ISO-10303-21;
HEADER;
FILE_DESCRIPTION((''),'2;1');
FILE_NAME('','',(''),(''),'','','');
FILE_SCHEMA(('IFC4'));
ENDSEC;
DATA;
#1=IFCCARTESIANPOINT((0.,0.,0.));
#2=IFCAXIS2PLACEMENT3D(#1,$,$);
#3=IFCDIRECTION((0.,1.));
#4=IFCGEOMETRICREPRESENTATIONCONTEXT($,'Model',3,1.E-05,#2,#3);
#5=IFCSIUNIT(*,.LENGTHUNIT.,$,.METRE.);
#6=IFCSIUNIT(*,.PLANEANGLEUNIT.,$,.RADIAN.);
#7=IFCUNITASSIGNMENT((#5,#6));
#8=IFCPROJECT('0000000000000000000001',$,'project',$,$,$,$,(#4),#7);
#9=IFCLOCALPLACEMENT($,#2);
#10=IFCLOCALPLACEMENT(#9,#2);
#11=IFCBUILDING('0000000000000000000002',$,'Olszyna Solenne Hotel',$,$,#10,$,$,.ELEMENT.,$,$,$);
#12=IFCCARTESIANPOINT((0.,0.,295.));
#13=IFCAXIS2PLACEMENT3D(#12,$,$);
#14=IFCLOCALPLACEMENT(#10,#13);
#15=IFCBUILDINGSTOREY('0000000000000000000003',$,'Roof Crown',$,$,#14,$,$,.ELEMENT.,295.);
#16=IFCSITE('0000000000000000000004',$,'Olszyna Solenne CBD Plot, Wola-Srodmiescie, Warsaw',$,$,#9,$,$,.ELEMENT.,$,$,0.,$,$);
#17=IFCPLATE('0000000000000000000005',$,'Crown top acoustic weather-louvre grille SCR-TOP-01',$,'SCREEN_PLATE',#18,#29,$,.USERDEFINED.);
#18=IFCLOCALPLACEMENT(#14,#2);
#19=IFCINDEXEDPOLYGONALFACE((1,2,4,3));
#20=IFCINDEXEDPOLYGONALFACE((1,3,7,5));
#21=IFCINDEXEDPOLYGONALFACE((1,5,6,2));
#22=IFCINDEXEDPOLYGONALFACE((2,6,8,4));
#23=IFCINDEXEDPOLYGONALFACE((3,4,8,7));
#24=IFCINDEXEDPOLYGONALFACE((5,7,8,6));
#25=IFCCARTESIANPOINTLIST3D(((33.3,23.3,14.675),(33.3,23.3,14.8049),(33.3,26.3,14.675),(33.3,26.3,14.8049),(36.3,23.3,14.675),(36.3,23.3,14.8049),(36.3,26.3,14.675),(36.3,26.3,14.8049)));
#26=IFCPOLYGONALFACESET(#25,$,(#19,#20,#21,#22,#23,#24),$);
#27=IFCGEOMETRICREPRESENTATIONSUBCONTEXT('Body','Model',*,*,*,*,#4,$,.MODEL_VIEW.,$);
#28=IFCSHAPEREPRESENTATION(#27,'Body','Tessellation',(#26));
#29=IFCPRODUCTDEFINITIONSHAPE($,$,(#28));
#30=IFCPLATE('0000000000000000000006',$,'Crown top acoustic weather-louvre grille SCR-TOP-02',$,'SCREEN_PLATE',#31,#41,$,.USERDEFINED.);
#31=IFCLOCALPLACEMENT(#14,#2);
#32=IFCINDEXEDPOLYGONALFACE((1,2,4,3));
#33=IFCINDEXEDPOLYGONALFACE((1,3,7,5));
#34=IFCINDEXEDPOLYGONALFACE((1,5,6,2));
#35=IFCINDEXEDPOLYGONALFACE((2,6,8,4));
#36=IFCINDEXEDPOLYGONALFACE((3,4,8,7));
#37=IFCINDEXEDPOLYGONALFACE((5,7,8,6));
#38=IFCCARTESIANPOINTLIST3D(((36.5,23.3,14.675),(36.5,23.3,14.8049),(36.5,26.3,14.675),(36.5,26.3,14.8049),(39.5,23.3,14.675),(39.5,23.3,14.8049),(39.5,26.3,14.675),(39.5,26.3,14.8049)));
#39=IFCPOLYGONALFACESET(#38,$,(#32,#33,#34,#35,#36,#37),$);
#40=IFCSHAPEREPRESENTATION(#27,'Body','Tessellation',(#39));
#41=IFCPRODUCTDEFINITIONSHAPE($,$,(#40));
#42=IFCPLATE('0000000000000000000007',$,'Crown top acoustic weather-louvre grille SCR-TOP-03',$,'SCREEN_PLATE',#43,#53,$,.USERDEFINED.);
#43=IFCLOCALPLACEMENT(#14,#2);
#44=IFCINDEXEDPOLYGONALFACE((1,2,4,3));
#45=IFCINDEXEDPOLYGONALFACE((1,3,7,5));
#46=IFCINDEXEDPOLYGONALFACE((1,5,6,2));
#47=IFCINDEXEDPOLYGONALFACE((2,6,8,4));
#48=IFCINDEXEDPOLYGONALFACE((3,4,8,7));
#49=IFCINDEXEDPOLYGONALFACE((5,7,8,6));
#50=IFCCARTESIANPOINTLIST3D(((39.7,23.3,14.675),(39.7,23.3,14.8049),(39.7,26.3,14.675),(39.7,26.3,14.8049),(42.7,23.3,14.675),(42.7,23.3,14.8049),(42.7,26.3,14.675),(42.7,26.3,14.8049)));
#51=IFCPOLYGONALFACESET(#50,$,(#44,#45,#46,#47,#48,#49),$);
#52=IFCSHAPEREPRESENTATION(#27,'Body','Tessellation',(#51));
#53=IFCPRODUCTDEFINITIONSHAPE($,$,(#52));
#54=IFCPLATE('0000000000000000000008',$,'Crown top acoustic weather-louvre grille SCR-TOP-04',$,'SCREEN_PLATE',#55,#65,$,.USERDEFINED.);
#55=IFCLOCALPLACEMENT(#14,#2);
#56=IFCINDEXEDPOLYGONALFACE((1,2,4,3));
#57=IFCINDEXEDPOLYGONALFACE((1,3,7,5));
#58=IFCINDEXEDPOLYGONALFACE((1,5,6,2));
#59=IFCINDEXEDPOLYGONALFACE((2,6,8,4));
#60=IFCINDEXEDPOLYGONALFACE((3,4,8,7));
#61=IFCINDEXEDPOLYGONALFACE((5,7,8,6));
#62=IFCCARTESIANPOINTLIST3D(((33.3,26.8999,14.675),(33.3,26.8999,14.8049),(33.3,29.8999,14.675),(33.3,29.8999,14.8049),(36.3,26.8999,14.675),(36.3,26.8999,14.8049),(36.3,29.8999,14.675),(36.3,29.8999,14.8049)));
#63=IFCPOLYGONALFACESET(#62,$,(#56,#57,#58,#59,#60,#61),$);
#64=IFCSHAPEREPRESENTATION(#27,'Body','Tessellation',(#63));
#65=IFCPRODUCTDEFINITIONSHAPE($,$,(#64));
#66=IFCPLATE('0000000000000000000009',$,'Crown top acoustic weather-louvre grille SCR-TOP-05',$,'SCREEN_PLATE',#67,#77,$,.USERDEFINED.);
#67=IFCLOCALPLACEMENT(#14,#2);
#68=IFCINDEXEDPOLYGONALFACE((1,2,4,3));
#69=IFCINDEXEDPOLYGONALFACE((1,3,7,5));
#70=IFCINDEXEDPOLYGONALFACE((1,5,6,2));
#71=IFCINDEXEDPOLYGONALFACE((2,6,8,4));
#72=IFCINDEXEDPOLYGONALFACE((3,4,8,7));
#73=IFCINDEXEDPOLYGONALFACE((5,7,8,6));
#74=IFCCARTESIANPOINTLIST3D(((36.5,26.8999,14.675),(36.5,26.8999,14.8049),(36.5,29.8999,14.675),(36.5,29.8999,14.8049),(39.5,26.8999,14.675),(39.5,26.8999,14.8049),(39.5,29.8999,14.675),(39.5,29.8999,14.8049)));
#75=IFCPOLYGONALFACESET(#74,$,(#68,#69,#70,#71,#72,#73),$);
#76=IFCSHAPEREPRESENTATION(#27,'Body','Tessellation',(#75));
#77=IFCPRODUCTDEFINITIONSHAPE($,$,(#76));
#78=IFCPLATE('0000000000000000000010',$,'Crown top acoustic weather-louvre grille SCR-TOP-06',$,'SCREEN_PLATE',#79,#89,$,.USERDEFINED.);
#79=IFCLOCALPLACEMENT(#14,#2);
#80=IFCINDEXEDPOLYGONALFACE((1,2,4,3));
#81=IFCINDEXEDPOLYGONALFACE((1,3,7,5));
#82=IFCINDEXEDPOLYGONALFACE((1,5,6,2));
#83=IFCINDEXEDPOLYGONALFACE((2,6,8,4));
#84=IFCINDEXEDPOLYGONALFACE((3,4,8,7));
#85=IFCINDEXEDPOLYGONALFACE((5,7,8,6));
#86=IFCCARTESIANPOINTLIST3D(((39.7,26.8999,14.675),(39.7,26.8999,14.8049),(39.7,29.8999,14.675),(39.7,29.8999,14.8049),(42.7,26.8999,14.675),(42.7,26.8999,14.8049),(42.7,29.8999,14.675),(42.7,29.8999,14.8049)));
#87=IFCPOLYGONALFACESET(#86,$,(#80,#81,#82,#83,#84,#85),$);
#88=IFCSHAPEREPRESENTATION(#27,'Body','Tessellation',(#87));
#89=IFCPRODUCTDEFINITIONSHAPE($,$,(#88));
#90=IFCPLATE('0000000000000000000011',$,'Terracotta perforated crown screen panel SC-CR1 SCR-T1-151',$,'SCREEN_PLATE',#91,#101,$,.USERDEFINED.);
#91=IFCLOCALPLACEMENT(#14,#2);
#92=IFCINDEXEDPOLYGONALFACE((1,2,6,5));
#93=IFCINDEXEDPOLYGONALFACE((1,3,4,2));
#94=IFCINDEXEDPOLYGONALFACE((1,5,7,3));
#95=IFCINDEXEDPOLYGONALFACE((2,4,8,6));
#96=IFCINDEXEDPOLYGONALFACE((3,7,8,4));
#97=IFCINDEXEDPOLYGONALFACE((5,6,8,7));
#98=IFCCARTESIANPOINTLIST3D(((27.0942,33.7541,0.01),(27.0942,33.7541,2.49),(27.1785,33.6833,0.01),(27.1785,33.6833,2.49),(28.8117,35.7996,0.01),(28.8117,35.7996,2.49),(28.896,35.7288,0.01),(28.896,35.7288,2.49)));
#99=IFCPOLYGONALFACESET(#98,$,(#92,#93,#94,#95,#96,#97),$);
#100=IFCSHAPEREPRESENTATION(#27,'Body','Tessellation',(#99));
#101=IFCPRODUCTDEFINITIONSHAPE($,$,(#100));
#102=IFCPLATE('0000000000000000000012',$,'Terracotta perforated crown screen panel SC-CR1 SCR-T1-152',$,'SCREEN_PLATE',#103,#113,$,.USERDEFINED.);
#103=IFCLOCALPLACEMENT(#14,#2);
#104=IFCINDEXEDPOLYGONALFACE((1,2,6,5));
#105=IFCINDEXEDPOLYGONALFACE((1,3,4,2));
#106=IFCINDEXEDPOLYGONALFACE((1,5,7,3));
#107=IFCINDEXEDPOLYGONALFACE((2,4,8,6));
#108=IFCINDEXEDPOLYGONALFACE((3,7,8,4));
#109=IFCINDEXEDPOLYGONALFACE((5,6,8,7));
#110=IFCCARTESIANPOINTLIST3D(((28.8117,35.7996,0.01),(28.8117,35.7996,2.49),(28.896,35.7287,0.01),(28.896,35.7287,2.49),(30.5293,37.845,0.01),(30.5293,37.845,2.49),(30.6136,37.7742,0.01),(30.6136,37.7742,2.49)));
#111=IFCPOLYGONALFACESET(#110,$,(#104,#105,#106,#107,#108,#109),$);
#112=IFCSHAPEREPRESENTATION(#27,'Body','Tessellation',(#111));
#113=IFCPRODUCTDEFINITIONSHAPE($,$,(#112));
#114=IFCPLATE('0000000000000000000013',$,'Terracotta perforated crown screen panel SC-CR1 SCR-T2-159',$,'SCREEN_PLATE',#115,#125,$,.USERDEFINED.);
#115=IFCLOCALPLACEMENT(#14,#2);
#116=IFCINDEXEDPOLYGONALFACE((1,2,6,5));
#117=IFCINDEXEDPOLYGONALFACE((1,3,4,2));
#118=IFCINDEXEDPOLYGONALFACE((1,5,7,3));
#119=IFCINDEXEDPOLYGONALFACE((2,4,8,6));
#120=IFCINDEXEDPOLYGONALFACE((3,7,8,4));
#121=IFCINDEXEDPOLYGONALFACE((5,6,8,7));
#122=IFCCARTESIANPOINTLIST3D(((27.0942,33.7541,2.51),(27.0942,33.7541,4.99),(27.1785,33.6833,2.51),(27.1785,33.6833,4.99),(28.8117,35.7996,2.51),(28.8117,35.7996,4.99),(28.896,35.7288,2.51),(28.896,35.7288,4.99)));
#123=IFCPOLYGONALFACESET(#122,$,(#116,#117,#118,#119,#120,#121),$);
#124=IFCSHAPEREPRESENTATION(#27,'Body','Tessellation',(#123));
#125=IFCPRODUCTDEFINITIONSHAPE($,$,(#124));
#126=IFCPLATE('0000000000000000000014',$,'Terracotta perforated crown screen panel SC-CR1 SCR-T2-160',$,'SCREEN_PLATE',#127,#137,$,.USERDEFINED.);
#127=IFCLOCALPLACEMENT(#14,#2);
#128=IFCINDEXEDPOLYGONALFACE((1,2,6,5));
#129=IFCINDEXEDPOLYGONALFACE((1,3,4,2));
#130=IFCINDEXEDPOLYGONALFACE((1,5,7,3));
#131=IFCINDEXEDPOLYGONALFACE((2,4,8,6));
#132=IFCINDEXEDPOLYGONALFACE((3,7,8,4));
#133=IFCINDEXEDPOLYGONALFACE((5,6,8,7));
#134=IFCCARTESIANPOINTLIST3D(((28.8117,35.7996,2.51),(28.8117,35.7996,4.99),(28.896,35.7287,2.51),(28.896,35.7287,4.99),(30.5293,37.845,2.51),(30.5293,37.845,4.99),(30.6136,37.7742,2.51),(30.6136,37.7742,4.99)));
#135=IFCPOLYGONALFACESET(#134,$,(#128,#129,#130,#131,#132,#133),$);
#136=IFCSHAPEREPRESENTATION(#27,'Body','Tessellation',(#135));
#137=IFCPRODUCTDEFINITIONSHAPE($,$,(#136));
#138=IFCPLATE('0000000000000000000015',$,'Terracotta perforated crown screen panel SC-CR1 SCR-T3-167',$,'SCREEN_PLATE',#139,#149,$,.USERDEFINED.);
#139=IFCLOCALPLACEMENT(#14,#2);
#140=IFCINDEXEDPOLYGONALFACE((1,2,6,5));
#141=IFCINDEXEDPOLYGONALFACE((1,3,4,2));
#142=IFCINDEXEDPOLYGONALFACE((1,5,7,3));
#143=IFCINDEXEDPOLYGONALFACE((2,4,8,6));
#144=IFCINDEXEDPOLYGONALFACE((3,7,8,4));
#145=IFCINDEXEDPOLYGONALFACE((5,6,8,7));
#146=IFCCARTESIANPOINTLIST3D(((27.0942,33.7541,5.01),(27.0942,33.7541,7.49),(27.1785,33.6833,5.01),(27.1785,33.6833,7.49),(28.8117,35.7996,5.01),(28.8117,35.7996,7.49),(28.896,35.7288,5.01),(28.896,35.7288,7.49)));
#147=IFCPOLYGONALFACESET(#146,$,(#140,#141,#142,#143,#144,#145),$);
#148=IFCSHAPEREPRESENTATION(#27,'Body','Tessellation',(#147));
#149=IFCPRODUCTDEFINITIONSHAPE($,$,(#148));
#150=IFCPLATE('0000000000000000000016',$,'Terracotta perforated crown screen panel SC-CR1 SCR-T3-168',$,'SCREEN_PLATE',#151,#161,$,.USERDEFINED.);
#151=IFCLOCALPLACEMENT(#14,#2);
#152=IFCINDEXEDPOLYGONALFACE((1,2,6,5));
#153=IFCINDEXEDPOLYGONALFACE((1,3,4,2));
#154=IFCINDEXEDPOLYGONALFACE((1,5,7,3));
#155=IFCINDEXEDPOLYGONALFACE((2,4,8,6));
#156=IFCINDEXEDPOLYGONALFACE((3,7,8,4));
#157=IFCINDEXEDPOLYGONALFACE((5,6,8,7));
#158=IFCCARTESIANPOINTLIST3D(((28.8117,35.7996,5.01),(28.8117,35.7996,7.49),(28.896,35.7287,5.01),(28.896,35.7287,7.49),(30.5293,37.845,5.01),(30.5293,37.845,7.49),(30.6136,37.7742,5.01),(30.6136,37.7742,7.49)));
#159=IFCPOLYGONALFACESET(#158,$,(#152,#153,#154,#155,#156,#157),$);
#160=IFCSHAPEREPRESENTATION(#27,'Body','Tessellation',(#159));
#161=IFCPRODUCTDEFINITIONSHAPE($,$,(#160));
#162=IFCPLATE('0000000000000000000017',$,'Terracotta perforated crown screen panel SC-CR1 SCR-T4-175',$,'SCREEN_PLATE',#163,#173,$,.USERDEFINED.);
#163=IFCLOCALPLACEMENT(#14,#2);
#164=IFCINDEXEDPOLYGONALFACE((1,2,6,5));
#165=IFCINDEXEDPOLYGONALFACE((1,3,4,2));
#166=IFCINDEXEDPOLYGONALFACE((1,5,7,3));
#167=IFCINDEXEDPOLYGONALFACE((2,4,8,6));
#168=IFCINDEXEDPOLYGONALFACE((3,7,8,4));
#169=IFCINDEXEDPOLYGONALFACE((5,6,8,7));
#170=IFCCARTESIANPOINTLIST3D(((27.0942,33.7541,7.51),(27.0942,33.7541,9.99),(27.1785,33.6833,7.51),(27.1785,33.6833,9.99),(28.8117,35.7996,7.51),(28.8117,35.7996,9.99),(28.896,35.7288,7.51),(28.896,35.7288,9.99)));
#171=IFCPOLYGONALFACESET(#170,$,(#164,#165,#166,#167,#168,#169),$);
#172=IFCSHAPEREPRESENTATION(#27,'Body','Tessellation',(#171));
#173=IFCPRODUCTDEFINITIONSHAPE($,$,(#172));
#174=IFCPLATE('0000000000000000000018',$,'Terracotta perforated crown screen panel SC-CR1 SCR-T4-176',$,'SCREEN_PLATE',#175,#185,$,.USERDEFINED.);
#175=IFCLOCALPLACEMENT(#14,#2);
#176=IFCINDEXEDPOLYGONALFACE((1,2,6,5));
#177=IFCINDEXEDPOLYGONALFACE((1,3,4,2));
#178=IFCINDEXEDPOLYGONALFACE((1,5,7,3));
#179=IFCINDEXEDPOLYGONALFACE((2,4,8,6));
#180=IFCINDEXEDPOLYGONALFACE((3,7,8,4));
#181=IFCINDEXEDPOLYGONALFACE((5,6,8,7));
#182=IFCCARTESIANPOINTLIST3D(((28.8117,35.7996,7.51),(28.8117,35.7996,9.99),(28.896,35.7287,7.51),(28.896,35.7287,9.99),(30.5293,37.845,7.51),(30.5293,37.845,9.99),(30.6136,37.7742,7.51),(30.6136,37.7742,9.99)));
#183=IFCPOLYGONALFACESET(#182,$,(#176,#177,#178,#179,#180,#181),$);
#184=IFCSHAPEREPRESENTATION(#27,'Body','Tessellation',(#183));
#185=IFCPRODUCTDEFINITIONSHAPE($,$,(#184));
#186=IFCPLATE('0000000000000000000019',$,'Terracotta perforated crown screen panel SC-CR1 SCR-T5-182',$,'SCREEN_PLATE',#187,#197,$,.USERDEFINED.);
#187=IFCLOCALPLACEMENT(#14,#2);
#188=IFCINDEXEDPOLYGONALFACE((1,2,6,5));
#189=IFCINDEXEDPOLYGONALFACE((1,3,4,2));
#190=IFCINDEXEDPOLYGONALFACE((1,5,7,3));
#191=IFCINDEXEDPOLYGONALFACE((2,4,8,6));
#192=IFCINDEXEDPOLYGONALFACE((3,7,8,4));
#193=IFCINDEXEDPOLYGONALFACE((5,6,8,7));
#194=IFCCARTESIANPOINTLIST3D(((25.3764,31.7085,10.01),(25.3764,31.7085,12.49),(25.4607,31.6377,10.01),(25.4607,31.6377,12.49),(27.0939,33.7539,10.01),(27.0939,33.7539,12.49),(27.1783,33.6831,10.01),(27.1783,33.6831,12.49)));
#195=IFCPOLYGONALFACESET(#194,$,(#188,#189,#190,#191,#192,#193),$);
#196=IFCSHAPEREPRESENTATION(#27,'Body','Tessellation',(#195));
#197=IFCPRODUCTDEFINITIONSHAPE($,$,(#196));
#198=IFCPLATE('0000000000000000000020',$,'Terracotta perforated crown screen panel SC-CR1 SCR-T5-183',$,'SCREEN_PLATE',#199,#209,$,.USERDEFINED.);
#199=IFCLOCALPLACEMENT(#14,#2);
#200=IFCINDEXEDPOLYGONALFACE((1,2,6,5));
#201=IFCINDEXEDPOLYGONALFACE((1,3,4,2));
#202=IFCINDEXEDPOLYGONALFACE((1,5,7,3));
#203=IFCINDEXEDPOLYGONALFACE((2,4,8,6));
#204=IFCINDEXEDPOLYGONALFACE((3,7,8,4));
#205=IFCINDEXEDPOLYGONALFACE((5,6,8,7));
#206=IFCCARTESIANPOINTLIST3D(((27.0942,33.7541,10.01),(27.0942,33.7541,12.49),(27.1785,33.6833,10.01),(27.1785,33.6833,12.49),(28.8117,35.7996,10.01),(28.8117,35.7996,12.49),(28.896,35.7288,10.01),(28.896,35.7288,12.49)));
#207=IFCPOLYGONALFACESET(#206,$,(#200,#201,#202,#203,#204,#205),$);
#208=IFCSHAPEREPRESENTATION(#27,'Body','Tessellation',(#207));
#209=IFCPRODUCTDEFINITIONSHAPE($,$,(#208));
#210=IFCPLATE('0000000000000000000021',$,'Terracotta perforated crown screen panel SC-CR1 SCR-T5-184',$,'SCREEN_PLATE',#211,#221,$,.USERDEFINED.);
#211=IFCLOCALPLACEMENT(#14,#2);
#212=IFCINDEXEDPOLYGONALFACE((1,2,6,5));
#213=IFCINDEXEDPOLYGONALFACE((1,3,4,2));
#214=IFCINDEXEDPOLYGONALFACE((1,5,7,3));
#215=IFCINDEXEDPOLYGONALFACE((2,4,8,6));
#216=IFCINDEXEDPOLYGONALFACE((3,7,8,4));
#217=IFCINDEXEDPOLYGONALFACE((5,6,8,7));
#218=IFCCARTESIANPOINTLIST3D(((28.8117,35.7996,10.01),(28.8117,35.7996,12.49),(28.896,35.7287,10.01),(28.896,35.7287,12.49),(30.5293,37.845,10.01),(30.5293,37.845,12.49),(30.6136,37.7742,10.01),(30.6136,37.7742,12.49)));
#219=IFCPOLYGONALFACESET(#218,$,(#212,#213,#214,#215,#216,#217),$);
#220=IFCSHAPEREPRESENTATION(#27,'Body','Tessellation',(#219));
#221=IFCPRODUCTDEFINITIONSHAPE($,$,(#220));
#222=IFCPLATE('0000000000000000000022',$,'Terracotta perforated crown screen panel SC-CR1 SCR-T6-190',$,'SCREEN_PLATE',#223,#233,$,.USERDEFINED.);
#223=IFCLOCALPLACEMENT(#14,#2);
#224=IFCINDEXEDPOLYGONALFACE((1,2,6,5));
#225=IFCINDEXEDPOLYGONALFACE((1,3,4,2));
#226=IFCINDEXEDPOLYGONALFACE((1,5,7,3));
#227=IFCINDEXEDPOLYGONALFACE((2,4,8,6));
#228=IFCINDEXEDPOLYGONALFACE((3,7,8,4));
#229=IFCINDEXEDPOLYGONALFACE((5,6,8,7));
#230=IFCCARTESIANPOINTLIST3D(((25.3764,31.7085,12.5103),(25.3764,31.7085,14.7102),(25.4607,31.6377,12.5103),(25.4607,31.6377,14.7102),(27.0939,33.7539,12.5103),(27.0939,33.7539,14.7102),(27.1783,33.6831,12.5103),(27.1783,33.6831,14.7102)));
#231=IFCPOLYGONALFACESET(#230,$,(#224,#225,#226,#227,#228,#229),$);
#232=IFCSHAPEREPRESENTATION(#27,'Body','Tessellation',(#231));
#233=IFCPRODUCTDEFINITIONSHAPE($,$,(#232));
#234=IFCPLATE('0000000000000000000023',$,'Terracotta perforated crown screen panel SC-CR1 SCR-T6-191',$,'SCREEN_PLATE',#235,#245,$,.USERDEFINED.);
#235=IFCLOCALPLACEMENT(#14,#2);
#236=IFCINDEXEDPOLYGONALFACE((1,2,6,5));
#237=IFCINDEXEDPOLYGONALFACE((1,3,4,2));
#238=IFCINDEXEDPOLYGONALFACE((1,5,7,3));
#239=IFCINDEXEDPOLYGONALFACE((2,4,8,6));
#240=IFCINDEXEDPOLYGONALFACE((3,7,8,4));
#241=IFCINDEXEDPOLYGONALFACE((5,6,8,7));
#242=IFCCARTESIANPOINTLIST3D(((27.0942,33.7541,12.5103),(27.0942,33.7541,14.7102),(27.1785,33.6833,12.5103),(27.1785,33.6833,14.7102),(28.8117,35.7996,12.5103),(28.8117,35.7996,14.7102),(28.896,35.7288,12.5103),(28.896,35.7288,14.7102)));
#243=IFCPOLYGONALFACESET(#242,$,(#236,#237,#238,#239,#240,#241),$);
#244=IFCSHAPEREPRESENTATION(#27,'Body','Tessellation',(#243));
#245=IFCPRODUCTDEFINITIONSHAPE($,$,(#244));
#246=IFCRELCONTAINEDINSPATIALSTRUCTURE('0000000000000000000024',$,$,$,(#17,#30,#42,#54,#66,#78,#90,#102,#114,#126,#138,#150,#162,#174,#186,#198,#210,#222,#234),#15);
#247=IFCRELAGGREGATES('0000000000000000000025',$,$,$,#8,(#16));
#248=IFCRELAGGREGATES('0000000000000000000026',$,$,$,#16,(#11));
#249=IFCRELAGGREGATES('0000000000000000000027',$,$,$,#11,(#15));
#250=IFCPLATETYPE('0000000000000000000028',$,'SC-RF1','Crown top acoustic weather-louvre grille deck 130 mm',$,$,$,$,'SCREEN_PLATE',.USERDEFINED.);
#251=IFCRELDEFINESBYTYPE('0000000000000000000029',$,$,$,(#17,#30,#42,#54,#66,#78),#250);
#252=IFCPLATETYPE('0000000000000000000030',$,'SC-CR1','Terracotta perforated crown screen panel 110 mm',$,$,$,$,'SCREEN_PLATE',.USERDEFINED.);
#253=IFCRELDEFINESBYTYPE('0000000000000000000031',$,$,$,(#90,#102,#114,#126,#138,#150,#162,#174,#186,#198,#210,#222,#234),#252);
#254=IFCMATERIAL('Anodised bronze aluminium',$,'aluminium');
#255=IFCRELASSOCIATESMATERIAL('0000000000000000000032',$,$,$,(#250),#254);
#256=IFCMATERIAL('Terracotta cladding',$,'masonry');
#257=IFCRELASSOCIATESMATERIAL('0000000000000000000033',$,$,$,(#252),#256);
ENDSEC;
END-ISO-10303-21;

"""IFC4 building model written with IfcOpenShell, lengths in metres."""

from ifc_helpers import new_model, si_unit, direction, frame, origin, origin_2d, place, context, subcontext, project, spatial, rectangle, extrude, source, transform, mapped, material, type_object, element, save


model = new_model("IFC4")

# Units and contexts
model_context = context("Model", 3, precision=1e-05, world=origin(), true_north=direction((0.0, 1.0)))
body_context = subcontext(model_context, "Body", "Model", "MODEL_VIEW")
ifc_project = project(units=[si_unit("LENGTHUNIT", "METRE"), si_unit("PLANEANGLEUNIT", "RADIAN")], contexts=[model_context])

# Site, building, storey
site_placement = place(None, origin())
site = spatial("IfcSite", under=ifc_project, at=site_placement, Name="Olszyna Solenne CBD Plot, Wola-Srodmiescie, Warsaw", CompositionType="ELEMENT", RefElevation=0.0)
building_placement = place(site_placement, origin())
building = spatial("IfcBuilding", under=site, at=building_placement, Name="Olszyna Solenne Hotel", CompositionType="ELEMENT")
storey_placement = place(building_placement, frame((0.0, 0.0, 295.0)))
storey = spatial("IfcBuildingStorey", under=building, at=storey_placement, Name="Roof Crown", CompositionType="ELEMENT", Elevation=295.0)

# Plates
ifc_material_1 = material(Name="Anodised bronze aluminium", Category="aluminium")
plate_type_1 = type_object("IfcPlateType", Name="SC-RF1", Description="Crown top acoustic weather-louvre grille deck 130 mm", ElementType="SCREEN_PLATE", PredefinedType="USERDEFINED", material=ifc_material_1)
shared_shape_1 = source(origin(), body_context, "Body", "SweptSolid", [
    extrude(rectangle(XDim=3.0, YDim=3.0, at=origin_2d()), origin(), (0.0, 0.0, 1.0), 0.1299),
])
for number, where, z_axis, x_axis, name in (
    (1, (34.8, 24.8, 14.675), (0.0, 0.0, 1.0), (1.0, 0.0, 0.0), "Crown top acoustic weather-louvre grille SCR-TOP-01"),
    (2, (38.0, 24.8, 14.675), (0.0, 0.0, 1.0), (1.0, 0.0, 0.0), "Crown top acoustic weather-louvre grille SCR-TOP-02"),
    (3, (41.2, 24.8, 14.675), (0.0, 0.0, 1.0), (1.0, 0.0, 0.0), "Crown top acoustic weather-louvre grille SCR-TOP-03"),
    (4, (34.8, 28.3999, 14.675), (0.0, 0.0, 1.0), (1.0, 0.0, 0.0), "Crown top acoustic weather-louvre grille SCR-TOP-04"),
    (5, (38.0, 28.3999, 14.675), (0.0, 0.0, 1.0), (1.0, 0.0, 0.0), "Crown top acoustic weather-louvre grille SCR-TOP-05"),
    (6, (41.2, 28.3999, 14.675), (0.0, 0.0, 1.0), (1.0, 0.0, 0.0), "Crown top acoustic weather-louvre grille SCR-TOP-06"),
):
    element("IfcPlate", number, at=place(storey_placement, frame(where, z_axis=z_axis, x_axis=x_axis)), inside=storey, type_object=plate_type_1, Name=name, ObjectType="SCREEN_PLATE", PredefinedType="USERDEFINED", context=body_context, shape_type="MappedRepresentation", body=[
        mapped(shared_shape_1, transform((0.0, 0.0, 0.0), x_axis=(1.0, 0.0, 0.0), y_axis=(0.0, 1.0, 0.0), z_axis=(0.0, 0.0, 1.0), scale=1.0)),
    ])
ifc_material_2 = material(Name="Terracotta cladding", Category="masonry")
plate_type_2 = type_object("IfcPlateType", Name="SC-CR1", Description="Terracotta perforated crown screen panel 110 mm", ElementType="SCREEN_PLATE", PredefinedType="USERDEFINED", material=ifc_material_2)
shared_shape_2 = source(origin(), body_context, "Body", "SweptSolid", [
    extrude(rectangle(XDim=2.6709, YDim=0.1101, at=origin_2d()), origin(), (0.0, 0.0, 1.0), 2.48),
])
for number, where, z_axis, x_axis, name in (
    (7, (27.9951, 34.7415, 0.01), (0.0, 0.0, 1.0), (0.643055, 0.76582, 0.0), "Terracotta perforated crown screen panel SC-CR1 SCR-T1-151"),
    (8, (29.7126, 36.7869, 0.01), (0.0, 0.0, 1.0), (0.643055, 0.76582, 0.0), "Terracotta perforated crown screen panel SC-CR1 SCR-T1-152"),
    (9, (27.9951, 34.7415, 2.51), (0.0, 0.0, 1.0), (0.643055, 0.76582, 0.0), "Terracotta perforated crown screen panel SC-CR1 SCR-T2-159"),
    (10, (29.7126, 36.7869, 2.51), (0.0, 0.0, 1.0), (0.643055, 0.76582, 0.0), "Terracotta perforated crown screen panel SC-CR1 SCR-T2-160"),
    (11, (27.9951, 34.7415, 5.01), (0.0, 0.0, 1.0), (0.643055, 0.76582, 0.0), "Terracotta perforated crown screen panel SC-CR1 SCR-T3-167"),
    (12, (29.7126, 36.7869, 5.01), (0.0, 0.0, 1.0), (0.643055, 0.76582, 0.0), "Terracotta perforated crown screen panel SC-CR1 SCR-T3-168"),
    (13, (27.9951, 34.7415, 7.51), (0.0, 0.0, 1.0), (0.643055, 0.76582, 0.0), "Terracotta perforated crown screen panel SC-CR1 SCR-T4-175"),
    (14, (29.7126, 36.7869, 7.51), (0.0, 0.0, 1.0), (0.643055, 0.76582, 0.0), "Terracotta perforated crown screen panel SC-CR1 SCR-T4-176"),
    (15, (26.2773, 32.6958, 10.01), (0.0, 0.0, 1.0), (0.643055, 0.76582, 0.0), "Terracotta perforated crown screen panel SC-CR1 SCR-T5-182"),
    (16, (27.9951, 34.7415, 10.01), (0.0, 0.0, 1.0), (0.643055, 0.76582, 0.0), "Terracotta perforated crown screen panel SC-CR1 SCR-T5-183"),
    (17, (29.7126, 36.7869, 10.01), (0.0, 0.0, 1.0), (0.643055, 0.76582, 0.0), "Terracotta perforated crown screen panel SC-CR1 SCR-T5-184"),
):
    element("IfcPlate", number, at=place(storey_placement, frame(where, z_axis=z_axis, x_axis=x_axis)), inside=storey, type_object=plate_type_2, Name=name, ObjectType="SCREEN_PLATE", PredefinedType="USERDEFINED", context=body_context, shape_type="MappedRepresentation", body=[
        mapped(shared_shape_2, transform((0.0, 0.0, 0.0), x_axis=(1.0, 0.0, 0.0), y_axis=(0.0, 1.0, 0.0), z_axis=(0.0, 0.0, 1.0), scale=1.0)),
    ])
shared_shape_3 = source(origin(), body_context, "Body", "SweptSolid", [
    extrude(rectangle(XDim=2.6709, YDim=0.1101, at=origin_2d()), origin(), (0.0, 0.0, 1.0), 2.2),
])
for number, where, z_axis, x_axis, name in (
    (18, (26.2773, 32.6958, 12.5103), (0.0, 0.0, 1.0), (0.643055, 0.76582, 0.0), "Terracotta perforated crown screen panel SC-CR1 SCR-T6-190"),
    (19, (27.9951, 34.7415, 12.5103), (0.0, 0.0, 1.0), (0.643055, 0.76582, 0.0), "Terracotta perforated crown screen panel SC-CR1 SCR-T6-191"),
):
    element("IfcPlate", number, at=place(storey_placement, frame(where, z_axis=z_axis, x_axis=x_axis)), inside=storey, type_object=plate_type_2, Name=name, ObjectType="SCREEN_PLATE", PredefinedType="USERDEFINED", context=body_context, shape_type="MappedRepresentation", body=[
        mapped(shared_shape_3, transform((0.0, 0.0, 0.0), x_axis=(1.0, 0.0, 0.0), y_axis=(0.0, 1.0, 0.0), z_axis=(0.0, 0.0, 1.0), scale=1.0)),
    ])

save(model, "model.ifc")
